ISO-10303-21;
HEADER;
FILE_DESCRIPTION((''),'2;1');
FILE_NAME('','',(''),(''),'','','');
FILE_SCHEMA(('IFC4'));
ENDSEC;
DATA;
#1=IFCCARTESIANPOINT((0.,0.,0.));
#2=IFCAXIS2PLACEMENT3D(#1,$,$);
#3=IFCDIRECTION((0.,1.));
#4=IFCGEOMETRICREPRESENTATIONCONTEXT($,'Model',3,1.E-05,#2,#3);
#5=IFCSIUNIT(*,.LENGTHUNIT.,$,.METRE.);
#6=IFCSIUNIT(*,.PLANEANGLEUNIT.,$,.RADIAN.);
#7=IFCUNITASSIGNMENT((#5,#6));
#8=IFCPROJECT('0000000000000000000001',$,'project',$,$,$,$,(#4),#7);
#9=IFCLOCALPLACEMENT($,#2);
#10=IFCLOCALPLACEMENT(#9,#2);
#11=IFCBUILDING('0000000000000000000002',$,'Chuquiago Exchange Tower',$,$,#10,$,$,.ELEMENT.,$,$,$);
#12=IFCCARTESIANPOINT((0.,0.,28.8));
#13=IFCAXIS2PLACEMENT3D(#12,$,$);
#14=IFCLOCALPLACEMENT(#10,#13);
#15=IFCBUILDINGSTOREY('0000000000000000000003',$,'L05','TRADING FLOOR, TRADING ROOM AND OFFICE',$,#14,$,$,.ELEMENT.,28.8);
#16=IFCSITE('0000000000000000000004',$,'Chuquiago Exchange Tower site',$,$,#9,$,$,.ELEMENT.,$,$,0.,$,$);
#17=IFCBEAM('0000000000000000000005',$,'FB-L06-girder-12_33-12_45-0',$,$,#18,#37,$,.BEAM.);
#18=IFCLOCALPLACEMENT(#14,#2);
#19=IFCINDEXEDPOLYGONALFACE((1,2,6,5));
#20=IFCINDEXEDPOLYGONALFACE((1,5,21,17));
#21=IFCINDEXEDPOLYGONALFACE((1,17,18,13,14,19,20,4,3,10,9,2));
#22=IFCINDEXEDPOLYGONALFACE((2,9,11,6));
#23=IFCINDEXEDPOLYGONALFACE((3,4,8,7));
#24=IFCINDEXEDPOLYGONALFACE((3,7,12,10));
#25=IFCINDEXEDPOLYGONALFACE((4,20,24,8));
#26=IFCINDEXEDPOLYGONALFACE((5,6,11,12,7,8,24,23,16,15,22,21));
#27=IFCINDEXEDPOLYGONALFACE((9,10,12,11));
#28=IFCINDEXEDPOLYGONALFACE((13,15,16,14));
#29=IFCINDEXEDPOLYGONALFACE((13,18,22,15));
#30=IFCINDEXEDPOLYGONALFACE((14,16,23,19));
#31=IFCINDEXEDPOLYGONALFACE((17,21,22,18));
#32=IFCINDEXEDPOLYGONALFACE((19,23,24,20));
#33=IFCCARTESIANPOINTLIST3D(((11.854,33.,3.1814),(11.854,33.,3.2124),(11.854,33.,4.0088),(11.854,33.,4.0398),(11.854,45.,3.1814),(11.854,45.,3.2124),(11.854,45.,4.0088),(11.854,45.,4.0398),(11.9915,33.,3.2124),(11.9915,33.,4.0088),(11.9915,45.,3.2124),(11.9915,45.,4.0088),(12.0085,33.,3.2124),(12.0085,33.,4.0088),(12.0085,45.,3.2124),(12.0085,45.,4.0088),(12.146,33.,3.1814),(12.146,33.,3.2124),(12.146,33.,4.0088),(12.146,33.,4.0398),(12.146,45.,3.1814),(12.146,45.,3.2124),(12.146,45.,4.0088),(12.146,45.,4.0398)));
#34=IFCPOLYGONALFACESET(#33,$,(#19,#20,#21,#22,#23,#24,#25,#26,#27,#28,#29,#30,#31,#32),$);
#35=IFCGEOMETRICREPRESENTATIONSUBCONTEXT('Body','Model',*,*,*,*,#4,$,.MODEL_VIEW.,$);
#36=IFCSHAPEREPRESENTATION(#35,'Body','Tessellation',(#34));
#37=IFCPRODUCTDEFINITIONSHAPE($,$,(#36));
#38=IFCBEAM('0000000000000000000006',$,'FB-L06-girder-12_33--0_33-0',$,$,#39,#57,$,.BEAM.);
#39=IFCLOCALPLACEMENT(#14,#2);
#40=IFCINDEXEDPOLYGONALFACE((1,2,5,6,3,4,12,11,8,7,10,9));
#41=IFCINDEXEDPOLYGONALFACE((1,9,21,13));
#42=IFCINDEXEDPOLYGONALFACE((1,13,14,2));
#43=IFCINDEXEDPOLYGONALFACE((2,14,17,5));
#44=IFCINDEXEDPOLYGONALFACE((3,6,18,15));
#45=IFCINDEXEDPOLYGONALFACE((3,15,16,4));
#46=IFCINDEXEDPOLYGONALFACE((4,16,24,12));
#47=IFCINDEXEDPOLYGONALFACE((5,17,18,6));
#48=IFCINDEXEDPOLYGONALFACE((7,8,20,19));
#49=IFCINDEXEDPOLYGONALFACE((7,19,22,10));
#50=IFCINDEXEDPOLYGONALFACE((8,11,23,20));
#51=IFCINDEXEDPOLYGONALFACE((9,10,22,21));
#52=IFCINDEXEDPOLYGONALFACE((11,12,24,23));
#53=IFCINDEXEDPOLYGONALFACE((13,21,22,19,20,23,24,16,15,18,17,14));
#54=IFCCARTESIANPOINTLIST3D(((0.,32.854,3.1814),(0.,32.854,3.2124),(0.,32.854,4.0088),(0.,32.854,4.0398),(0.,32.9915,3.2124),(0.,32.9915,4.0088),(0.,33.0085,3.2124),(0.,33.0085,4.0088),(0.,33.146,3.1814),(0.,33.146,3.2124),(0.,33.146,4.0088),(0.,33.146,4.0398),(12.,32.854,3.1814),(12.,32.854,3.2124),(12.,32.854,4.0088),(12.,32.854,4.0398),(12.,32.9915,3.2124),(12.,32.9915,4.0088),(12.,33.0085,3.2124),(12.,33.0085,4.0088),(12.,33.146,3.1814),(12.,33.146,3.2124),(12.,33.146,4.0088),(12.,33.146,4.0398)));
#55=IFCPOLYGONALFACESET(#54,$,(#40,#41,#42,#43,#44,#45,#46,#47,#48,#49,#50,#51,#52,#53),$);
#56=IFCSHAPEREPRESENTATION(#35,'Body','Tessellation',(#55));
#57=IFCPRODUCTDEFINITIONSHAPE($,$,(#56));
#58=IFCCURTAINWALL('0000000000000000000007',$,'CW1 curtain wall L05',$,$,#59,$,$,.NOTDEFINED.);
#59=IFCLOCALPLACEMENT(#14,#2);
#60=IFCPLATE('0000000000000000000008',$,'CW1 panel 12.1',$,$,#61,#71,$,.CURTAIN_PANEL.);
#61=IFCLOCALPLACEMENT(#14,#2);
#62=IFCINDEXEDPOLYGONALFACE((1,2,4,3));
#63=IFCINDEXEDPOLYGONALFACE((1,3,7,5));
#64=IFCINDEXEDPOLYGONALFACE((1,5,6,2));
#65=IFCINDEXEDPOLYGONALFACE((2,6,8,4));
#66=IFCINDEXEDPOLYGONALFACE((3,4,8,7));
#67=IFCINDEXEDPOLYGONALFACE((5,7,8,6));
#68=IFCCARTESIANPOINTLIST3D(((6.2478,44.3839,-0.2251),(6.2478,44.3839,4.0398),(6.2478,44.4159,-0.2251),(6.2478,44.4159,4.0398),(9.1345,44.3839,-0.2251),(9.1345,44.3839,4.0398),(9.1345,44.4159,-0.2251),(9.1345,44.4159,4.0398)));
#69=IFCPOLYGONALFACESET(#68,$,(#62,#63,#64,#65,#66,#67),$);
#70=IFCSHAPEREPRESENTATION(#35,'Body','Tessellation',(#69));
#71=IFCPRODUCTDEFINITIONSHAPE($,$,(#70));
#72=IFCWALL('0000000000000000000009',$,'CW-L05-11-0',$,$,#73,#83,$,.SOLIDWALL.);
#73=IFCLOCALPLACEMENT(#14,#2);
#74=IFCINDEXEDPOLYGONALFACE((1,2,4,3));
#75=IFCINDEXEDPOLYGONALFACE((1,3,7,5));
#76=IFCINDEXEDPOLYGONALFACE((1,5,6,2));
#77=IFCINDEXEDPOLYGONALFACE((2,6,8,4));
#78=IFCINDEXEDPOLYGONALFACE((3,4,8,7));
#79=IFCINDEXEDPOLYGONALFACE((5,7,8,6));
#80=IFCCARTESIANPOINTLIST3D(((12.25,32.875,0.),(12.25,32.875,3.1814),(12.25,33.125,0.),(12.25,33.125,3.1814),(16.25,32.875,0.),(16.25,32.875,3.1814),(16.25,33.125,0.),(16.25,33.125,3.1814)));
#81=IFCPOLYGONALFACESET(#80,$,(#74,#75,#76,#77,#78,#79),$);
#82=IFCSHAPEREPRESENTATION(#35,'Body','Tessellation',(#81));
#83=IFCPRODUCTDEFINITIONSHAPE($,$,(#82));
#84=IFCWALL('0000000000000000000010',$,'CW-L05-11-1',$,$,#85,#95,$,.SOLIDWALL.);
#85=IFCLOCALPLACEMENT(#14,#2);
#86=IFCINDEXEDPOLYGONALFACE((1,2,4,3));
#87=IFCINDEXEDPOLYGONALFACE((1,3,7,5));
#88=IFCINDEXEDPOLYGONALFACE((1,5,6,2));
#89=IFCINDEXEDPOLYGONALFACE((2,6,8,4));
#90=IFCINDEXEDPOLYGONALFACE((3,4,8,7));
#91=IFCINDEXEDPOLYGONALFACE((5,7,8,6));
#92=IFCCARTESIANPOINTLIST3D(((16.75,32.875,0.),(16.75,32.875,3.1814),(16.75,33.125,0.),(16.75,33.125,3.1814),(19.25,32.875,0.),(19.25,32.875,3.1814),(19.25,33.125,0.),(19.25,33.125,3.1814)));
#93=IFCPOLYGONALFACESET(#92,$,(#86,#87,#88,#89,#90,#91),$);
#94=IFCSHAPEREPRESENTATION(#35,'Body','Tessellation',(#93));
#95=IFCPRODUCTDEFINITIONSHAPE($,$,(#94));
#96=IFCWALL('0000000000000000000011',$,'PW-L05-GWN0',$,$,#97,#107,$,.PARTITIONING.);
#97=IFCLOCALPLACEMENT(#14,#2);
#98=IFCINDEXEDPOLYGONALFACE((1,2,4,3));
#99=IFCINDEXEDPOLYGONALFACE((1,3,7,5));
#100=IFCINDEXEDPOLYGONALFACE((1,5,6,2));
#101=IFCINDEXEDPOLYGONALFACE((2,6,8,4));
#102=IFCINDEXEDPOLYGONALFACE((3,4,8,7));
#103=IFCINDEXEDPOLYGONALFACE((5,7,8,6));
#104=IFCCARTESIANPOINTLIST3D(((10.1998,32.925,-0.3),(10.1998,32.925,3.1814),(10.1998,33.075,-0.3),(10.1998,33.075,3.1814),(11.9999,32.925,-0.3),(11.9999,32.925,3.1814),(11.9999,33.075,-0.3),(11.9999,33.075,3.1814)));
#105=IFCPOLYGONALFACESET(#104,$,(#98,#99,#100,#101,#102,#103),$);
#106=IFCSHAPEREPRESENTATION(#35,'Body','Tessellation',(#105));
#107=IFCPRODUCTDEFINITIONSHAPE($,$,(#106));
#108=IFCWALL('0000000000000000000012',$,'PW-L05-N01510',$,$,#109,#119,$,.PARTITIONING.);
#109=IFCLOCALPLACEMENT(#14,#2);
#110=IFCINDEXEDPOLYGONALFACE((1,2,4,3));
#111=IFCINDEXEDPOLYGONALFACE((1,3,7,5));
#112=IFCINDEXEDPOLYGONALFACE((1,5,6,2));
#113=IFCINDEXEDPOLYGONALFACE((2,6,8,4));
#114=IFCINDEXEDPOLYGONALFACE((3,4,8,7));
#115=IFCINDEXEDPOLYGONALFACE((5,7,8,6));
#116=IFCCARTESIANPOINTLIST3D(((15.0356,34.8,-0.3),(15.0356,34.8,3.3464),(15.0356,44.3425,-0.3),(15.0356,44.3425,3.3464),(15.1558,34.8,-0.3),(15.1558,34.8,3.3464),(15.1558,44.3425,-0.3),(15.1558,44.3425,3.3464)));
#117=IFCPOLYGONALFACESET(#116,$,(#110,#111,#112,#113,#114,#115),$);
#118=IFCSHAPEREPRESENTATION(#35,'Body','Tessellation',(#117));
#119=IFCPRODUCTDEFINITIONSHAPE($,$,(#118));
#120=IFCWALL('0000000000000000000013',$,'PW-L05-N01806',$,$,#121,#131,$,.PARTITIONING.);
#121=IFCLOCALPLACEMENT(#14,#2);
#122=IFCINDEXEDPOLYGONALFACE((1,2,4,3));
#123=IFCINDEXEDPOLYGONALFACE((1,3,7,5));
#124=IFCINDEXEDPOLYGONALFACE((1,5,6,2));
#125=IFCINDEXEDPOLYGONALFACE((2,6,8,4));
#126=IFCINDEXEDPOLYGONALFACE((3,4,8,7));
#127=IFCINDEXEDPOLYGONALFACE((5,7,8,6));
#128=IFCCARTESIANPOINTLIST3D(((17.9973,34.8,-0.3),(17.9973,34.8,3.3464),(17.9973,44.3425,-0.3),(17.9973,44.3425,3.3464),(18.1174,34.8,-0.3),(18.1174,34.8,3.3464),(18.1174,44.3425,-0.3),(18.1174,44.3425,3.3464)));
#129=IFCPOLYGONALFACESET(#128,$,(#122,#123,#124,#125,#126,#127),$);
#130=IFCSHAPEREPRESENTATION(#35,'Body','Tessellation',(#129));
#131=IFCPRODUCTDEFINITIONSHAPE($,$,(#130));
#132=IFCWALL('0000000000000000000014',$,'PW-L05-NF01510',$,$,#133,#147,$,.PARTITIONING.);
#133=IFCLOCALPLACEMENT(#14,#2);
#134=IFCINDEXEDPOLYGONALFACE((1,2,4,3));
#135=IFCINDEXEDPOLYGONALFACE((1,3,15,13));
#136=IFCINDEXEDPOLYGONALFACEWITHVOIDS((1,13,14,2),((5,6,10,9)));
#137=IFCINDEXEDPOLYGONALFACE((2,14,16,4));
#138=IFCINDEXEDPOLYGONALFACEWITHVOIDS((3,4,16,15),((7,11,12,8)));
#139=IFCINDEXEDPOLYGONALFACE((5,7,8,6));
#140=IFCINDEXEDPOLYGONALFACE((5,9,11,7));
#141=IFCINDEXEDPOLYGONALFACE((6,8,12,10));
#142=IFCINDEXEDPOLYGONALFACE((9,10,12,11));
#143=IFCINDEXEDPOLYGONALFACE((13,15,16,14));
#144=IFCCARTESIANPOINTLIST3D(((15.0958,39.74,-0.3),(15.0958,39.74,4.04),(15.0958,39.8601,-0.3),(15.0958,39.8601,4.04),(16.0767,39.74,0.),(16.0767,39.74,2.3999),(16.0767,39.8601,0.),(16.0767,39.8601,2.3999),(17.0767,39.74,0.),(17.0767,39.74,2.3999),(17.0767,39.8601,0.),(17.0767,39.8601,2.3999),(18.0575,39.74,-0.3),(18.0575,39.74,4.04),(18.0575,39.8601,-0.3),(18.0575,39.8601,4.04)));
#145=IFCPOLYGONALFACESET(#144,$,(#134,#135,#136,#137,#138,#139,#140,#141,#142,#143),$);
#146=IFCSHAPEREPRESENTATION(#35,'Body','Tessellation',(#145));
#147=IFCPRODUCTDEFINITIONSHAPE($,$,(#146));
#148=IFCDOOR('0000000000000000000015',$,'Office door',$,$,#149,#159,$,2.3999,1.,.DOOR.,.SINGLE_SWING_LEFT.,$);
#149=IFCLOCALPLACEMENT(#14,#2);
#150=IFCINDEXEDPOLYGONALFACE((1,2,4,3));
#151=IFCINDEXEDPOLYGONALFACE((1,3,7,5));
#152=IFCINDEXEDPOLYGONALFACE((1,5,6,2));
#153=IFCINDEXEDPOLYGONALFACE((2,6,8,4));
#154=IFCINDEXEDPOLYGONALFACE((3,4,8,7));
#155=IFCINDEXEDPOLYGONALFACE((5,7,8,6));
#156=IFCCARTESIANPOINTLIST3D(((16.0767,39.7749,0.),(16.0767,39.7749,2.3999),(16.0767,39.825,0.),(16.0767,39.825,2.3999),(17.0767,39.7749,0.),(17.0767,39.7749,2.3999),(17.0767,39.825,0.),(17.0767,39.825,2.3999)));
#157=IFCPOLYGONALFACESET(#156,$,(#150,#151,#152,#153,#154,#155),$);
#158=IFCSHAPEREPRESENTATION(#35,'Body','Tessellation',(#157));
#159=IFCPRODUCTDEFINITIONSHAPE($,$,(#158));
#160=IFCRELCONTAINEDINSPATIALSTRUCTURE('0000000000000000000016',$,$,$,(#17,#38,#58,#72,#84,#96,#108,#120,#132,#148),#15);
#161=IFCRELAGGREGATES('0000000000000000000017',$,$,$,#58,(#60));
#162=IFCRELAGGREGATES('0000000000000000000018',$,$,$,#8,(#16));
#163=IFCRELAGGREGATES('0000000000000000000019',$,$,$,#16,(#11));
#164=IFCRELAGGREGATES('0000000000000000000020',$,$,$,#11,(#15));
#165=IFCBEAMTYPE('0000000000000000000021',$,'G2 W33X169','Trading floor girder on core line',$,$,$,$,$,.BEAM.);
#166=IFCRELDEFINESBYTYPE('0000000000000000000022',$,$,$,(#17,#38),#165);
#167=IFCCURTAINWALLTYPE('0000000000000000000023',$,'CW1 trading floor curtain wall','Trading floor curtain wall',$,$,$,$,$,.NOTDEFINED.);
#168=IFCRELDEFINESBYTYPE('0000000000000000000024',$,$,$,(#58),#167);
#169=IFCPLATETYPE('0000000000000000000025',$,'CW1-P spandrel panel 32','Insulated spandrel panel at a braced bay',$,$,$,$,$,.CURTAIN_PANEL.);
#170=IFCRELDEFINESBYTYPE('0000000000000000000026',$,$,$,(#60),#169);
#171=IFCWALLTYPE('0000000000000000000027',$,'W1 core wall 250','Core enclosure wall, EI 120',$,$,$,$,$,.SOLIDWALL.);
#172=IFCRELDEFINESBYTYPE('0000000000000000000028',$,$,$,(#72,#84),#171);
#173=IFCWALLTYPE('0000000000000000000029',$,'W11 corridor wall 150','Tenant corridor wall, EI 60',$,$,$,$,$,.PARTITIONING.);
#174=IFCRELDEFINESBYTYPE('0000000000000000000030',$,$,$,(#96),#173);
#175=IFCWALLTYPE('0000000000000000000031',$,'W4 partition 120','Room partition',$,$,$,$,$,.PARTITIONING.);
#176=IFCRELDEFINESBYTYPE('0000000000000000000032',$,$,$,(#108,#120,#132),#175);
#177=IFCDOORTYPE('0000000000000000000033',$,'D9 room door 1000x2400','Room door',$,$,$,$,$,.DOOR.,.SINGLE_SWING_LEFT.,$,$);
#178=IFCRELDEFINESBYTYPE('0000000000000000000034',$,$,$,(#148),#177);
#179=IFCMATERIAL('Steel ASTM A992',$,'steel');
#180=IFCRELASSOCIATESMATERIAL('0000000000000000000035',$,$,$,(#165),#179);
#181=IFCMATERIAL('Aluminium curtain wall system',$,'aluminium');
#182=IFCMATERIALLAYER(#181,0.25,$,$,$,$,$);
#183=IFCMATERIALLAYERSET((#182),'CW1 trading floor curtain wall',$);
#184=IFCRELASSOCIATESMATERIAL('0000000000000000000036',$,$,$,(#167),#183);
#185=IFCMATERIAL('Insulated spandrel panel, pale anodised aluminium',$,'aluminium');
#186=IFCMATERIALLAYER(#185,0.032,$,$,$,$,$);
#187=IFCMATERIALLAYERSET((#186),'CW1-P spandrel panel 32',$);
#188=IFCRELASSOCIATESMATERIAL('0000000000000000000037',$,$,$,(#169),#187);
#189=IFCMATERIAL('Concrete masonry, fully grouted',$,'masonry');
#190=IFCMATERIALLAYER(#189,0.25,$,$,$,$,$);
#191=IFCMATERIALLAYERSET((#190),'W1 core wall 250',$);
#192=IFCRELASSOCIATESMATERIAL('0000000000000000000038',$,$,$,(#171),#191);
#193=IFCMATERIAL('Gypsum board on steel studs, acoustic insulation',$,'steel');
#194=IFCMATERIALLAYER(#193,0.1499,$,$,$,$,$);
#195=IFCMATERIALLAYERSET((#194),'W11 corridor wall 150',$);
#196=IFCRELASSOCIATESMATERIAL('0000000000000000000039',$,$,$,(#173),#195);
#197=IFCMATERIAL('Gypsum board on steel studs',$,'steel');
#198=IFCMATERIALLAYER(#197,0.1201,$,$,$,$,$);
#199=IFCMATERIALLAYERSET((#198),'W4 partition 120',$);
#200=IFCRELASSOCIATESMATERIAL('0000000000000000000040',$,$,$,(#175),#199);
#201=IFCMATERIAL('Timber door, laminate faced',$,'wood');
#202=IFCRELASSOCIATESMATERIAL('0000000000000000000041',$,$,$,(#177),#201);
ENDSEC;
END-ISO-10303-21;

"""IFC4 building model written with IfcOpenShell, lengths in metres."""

from ifc_helpers import new_model, si_unit, direction, frame, frame_2d, origin, origin_2d, place, context, subcontext, project, spatial, rectangle, i_section, extrude, material, layer, layer_set, material_profile, profile_set, type_object, element, fill, aggregate, save


model = new_model("IFC4")

# Units and contexts
model_context = context("Model", 3, precision=1e-05, world=origin(), true_north=direction((0.0, 1.0)))
body_context = subcontext(model_context, "Body", "Model", "MODEL_VIEW")
ifc_project = project(units=[si_unit("LENGTHUNIT", "METRE"), si_unit("PLANEANGLEUNIT", "RADIAN")], contexts=[model_context])

# Site, building, storey
site_placement = place(None, origin())
site = spatial("IfcSite", under=ifc_project, at=site_placement, Name="Chuquiago Exchange Tower site", CompositionType="ELEMENT", RefElevation=0.0)
building_placement = place(site_placement, origin())
building = spatial("IfcBuilding", under=site, at=building_placement, Name="Chuquiago Exchange Tower", CompositionType="ELEMENT")
storey_placement = place(building_placement, frame((0.0, 0.0, 28.8)))
storey = spatial("IfcBuildingStorey", under=building, at=storey_placement, Name="L05", Description="TRADING FLOOR, TRADING ROOM AND OFFICE", CompositionType="ELEMENT", Elevation=28.8)

# Beams
ifc_material_1 = material(Name="Steel ASTM A992", Category="steel")
ifc_material_profile_1 = material_profile(ifc_material_1, i_section(OverallWidth=0.292, OverallDepth=0.8584, WebThickness=0.0171, FlangeThickness=0.031, at=origin_2d()), Name="W33X169")
ifc_profile_set_1 = profile_set([ifc_material_profile_1], Name="Steel ASTM A992")
beam_type_1 = type_object("IfcBeamType", Name="G2 W33X169", Description="Trading floor girder on core line", PredefinedType="BEAM", material=ifc_profile_set_1)
for number, where, z_axis, x_axis, name in (
    (1, (12.0, 33.0, 3.6106), (0.0, 1.0, 0.0), (-1.0, 0.0, 0.0), "FB-L06-girder-12_33-12_45-0"),
    (2, (12.0, 33.0, 3.6106), (-1.0, 0.0, 0.0), (0.0, -1.0, 0.0), "FB-L06-girder-12_33--0_33-0"),
):
    element("IfcBeam", number, at=place(storey_placement, frame(where, z_axis=z_axis, x_axis=x_axis)), inside=storey, type_object=beam_type_1, Name=name, PredefinedType="BEAM", context=body_context, shape_type="SweptSolid", body=[
        extrude(i_section(OverallWidth=0.292, OverallDepth=0.8584, WebThickness=0.0171, FlangeThickness=0.031, at=origin_2d()), origin(), (0.0, 0.0, 1.0), 12.0),
    ])

# Curtain wall, plate
ifc_material_2 = material(Name="Aluminium curtain wall system", Category="aluminium")
ifc_layer_1 = layer(ifc_material_2, 0.25)
ifc_layer_set_1 = layer_set([ifc_layer_1], Name="CW1 trading floor curtain wall")
curtain_wall_type = type_object("IfcCurtainWallType", Name="CW1 trading floor curtain wall", Description="Trading floor curtain wall", PredefinedType="NOTDEFINED", material=ifc_layer_set_1)
curtain_wall_placement = place(storey_placement, origin())
curtain_wall = element("IfcCurtainWall", 3, at=curtain_wall_placement, inside=storey, type_object=curtain_wall_type, Name="CW1 curtain wall L05", PredefinedType="NOTDEFINED")
ifc_material_3 = material(Name="Insulated spandrel panel, pale anodised aluminium", Category="aluminium")
ifc_layer_2 = layer(ifc_material_3, 0.032)
ifc_layer_set_2 = layer_set([ifc_layer_2], Name="CW1-P spandrel panel 32")
plate_type = type_object("IfcPlateType", Name="CW1-P spandrel panel 32", Description="Insulated spandrel panel at a braced bay", PredefinedType="CURTAIN_PANEL", material=ifc_layer_set_2)
plate_placement = place(storey_placement, frame((7.6912, 44.3999, -0.2251), z_axis=(0.0, 0.0, 1.0), x_axis=(-1.0, 0.0, 0.0)))
plate = element("IfcPlate", 4, at=plate_placement, type_object=plate_type, Name="CW1 panel 12.1", PredefinedType="CURTAIN_PANEL", context=body_context, shape_type="SweptSolid", body=[
    extrude(rectangle(XDim=2.8867, YDim=0.032, at=origin_2d()), origin(), (0.0, 0.0, 1.0), 4.2649),
])
aggregate(curtain_wall, [plate])

# Walls
ifc_material_4 = material(Name="Concrete masonry, fully grouted", Category="masonry")
ifc_layer_3 = layer(ifc_material_4, 0.25)
ifc_layer_set_3 = layer_set([ifc_layer_3], Name="W1 core wall 250")
wall_type_1 = type_object("IfcWallType", Name="W1 core wall 250", Description="Core enclosure wall, EI 120", PredefinedType="SOLIDWALL", material=ifc_layer_set_3)
wall_1_placement = place(storey_placement, frame((12.25, 33.0, 0.0), z_axis=(0.0, 0.0, 1.0), x_axis=(1.0, 0.0, 0.0)))
element("IfcWall", 5, at=wall_1_placement, inside=storey, type_object=wall_type_1, Name="CW-L05-11-0", PredefinedType="SOLIDWALL", context=body_context, shape_type="SweptSolid", body=[
    extrude(rectangle(XDim=4.0, YDim=0.25, at=frame_2d((2.0, 0.0))), origin(), (0.0, 0.0, 1.0), 3.1814),
])
wall_2_placement = place(storey_placement, frame((16.75, 33.0, 0.0), z_axis=(0.0, 0.0, 1.0), x_axis=(1.0, 0.0, 0.0)))
element("IfcWall", 6, at=wall_2_placement, inside=storey, type_object=wall_type_1, Name="CW-L05-11-1", PredefinedType="SOLIDWALL", context=body_context, shape_type="SweptSolid", body=[
    extrude(rectangle(XDim=2.5, YDim=0.25, at=frame_2d((1.25, 0.0))), origin(), (0.0, 0.0, 1.0), 3.1814),
])
ifc_material_5 = material(Name="Gypsum board on steel studs, acoustic insulation", Category="steel")
ifc_layer_4 = layer(ifc_material_5, 0.1499)
ifc_layer_set_4 = layer_set([ifc_layer_4], Name="W11 corridor wall 150")
wall_type_2 = type_object("IfcWallType", Name="W11 corridor wall 150", Description="Tenant corridor wall, EI 60", PredefinedType="PARTITIONING", material=ifc_layer_set_4)
wall_3_placement = place(storey_placement, frame((10.2, 33.0, -0.3), z_axis=(0.0, 0.0, 1.0), x_axis=(1.0, 0.0, 0.0)))
element("IfcWall", 7, at=wall_3_placement, inside=storey, type_object=wall_type_2, Name="PW-L05-GWN0", PredefinedType="PARTITIONING", context=body_context, shape_type="SweptSolid", body=[
    extrude(rectangle(XDim=1.8, YDim=0.1499, at=frame_2d((0.8999, 0.0))), origin(), (0.0, 0.0, 1.0), 3.4814),
])
ifc_material_6 = material(Name="Gypsum board on steel studs", Category="steel")
ifc_layer_5 = layer(ifc_material_6, 0.1201)
ifc_layer_set_5 = layer_set([ifc_layer_5], Name="W4 partition 120")
wall_type_3 = type_object("IfcWallType", Name="W4 partition 120", Description="Room partition", PredefinedType="PARTITIONING", material=ifc_layer_set_5)
for number, where, z_axis, x_axis, name in (
    (8, (15.0957, 44.3425, -0.3), (0.0, 0.0, 1.0), (0.0, -1.0, 0.0), "PW-L05-N01510"),
    (9, (18.0574, 44.3425, -0.3), (0.0, 0.0, 1.0), (0.0, -1.0, 0.0), "PW-L05-N01806"),
):
    element("IfcWall", number, at=place(storey_placement, frame(where, z_axis=z_axis, x_axis=x_axis)), inside=storey, type_object=wall_type_3, Name=name, PredefinedType="PARTITIONING", context=body_context, shape_type="SweptSolid", body=[
        extrude(rectangle(XDim=9.5425, YDim=0.1201, at=frame_2d((4.7712, 0.0))), origin(), (0.0, 0.0, 1.0), 3.6465),
    ])

# Wall, opening, door
wall_4_placement = place(storey_placement, frame((15.0957, 39.8, -0.3), z_axis=(0.0, 0.0, 1.0), x_axis=(1.0, 0.0, 0.0)))
wall_4 = element("IfcWall", 10, at=wall_4_placement, inside=storey, type_object=wall_type_3, Name="PW-L05-NF01510", PredefinedType="PARTITIONING", context=body_context, shape_type="SweptSolid", body=[
    extrude(rectangle(XDim=2.9617, YDim=0.1201, at=frame_2d((1.481, 0.0))), origin(), (0.0, 0.0, 1.0), 4.3401),
])
opening_1_placement = place(wall_4_placement, frame((0.981, 0.0, 0.3)))
opening_1 = element("IfcOpeningElement", 11, at=opening_1_placement, cuts=wall_4, PredefinedType="OPENING", context=body_context, shape_type="SweptSolid", body=[
    extrude(rectangle(XDim=1.0, YDim=2.3999, at=frame_2d((0.5, 1.2))), frame((0.0, 0.0701, 0.0), z_axis=(0.0, -1.0, 0.0), x_axis=(1.0, 0.0, 0.0)), (0.0, 0.0, 1.0), 0.1401),
])
ifc_material_7 = material(Name="Timber door, laminate faced", Category="wood")
door_type = type_object("IfcDoorType", Name="D9 room door 1000x2400", Description="Room door", OperationType="SINGLE_SWING_LEFT", PredefinedType="DOOR", material=ifc_material_7)
door_1_placement = place(opening_1_placement, origin())
door_1 = element("IfcDoor", 12, at=door_1_placement, inside=storey, type_object=door_type, Name="Office door", OperationType="SINGLE_SWING_LEFT", OverallHeight=2.3999, OverallWidth=1.0, PredefinedType="DOOR", context=body_context, shape_type="SweptSolid", body=[
    extrude(rectangle(XDim=1.0, YDim=2.3999, at=frame_2d((0.5, 1.2))), frame((0.0, 0.0249, 0.0), z_axis=(0.0, -1.0, 0.0), x_axis=(1.0, 0.0, 0.0)), (0.0, 0.0, 1.0), 0.05),
])
fill(opening_1, door_1)

save(model, "model.ifc")
